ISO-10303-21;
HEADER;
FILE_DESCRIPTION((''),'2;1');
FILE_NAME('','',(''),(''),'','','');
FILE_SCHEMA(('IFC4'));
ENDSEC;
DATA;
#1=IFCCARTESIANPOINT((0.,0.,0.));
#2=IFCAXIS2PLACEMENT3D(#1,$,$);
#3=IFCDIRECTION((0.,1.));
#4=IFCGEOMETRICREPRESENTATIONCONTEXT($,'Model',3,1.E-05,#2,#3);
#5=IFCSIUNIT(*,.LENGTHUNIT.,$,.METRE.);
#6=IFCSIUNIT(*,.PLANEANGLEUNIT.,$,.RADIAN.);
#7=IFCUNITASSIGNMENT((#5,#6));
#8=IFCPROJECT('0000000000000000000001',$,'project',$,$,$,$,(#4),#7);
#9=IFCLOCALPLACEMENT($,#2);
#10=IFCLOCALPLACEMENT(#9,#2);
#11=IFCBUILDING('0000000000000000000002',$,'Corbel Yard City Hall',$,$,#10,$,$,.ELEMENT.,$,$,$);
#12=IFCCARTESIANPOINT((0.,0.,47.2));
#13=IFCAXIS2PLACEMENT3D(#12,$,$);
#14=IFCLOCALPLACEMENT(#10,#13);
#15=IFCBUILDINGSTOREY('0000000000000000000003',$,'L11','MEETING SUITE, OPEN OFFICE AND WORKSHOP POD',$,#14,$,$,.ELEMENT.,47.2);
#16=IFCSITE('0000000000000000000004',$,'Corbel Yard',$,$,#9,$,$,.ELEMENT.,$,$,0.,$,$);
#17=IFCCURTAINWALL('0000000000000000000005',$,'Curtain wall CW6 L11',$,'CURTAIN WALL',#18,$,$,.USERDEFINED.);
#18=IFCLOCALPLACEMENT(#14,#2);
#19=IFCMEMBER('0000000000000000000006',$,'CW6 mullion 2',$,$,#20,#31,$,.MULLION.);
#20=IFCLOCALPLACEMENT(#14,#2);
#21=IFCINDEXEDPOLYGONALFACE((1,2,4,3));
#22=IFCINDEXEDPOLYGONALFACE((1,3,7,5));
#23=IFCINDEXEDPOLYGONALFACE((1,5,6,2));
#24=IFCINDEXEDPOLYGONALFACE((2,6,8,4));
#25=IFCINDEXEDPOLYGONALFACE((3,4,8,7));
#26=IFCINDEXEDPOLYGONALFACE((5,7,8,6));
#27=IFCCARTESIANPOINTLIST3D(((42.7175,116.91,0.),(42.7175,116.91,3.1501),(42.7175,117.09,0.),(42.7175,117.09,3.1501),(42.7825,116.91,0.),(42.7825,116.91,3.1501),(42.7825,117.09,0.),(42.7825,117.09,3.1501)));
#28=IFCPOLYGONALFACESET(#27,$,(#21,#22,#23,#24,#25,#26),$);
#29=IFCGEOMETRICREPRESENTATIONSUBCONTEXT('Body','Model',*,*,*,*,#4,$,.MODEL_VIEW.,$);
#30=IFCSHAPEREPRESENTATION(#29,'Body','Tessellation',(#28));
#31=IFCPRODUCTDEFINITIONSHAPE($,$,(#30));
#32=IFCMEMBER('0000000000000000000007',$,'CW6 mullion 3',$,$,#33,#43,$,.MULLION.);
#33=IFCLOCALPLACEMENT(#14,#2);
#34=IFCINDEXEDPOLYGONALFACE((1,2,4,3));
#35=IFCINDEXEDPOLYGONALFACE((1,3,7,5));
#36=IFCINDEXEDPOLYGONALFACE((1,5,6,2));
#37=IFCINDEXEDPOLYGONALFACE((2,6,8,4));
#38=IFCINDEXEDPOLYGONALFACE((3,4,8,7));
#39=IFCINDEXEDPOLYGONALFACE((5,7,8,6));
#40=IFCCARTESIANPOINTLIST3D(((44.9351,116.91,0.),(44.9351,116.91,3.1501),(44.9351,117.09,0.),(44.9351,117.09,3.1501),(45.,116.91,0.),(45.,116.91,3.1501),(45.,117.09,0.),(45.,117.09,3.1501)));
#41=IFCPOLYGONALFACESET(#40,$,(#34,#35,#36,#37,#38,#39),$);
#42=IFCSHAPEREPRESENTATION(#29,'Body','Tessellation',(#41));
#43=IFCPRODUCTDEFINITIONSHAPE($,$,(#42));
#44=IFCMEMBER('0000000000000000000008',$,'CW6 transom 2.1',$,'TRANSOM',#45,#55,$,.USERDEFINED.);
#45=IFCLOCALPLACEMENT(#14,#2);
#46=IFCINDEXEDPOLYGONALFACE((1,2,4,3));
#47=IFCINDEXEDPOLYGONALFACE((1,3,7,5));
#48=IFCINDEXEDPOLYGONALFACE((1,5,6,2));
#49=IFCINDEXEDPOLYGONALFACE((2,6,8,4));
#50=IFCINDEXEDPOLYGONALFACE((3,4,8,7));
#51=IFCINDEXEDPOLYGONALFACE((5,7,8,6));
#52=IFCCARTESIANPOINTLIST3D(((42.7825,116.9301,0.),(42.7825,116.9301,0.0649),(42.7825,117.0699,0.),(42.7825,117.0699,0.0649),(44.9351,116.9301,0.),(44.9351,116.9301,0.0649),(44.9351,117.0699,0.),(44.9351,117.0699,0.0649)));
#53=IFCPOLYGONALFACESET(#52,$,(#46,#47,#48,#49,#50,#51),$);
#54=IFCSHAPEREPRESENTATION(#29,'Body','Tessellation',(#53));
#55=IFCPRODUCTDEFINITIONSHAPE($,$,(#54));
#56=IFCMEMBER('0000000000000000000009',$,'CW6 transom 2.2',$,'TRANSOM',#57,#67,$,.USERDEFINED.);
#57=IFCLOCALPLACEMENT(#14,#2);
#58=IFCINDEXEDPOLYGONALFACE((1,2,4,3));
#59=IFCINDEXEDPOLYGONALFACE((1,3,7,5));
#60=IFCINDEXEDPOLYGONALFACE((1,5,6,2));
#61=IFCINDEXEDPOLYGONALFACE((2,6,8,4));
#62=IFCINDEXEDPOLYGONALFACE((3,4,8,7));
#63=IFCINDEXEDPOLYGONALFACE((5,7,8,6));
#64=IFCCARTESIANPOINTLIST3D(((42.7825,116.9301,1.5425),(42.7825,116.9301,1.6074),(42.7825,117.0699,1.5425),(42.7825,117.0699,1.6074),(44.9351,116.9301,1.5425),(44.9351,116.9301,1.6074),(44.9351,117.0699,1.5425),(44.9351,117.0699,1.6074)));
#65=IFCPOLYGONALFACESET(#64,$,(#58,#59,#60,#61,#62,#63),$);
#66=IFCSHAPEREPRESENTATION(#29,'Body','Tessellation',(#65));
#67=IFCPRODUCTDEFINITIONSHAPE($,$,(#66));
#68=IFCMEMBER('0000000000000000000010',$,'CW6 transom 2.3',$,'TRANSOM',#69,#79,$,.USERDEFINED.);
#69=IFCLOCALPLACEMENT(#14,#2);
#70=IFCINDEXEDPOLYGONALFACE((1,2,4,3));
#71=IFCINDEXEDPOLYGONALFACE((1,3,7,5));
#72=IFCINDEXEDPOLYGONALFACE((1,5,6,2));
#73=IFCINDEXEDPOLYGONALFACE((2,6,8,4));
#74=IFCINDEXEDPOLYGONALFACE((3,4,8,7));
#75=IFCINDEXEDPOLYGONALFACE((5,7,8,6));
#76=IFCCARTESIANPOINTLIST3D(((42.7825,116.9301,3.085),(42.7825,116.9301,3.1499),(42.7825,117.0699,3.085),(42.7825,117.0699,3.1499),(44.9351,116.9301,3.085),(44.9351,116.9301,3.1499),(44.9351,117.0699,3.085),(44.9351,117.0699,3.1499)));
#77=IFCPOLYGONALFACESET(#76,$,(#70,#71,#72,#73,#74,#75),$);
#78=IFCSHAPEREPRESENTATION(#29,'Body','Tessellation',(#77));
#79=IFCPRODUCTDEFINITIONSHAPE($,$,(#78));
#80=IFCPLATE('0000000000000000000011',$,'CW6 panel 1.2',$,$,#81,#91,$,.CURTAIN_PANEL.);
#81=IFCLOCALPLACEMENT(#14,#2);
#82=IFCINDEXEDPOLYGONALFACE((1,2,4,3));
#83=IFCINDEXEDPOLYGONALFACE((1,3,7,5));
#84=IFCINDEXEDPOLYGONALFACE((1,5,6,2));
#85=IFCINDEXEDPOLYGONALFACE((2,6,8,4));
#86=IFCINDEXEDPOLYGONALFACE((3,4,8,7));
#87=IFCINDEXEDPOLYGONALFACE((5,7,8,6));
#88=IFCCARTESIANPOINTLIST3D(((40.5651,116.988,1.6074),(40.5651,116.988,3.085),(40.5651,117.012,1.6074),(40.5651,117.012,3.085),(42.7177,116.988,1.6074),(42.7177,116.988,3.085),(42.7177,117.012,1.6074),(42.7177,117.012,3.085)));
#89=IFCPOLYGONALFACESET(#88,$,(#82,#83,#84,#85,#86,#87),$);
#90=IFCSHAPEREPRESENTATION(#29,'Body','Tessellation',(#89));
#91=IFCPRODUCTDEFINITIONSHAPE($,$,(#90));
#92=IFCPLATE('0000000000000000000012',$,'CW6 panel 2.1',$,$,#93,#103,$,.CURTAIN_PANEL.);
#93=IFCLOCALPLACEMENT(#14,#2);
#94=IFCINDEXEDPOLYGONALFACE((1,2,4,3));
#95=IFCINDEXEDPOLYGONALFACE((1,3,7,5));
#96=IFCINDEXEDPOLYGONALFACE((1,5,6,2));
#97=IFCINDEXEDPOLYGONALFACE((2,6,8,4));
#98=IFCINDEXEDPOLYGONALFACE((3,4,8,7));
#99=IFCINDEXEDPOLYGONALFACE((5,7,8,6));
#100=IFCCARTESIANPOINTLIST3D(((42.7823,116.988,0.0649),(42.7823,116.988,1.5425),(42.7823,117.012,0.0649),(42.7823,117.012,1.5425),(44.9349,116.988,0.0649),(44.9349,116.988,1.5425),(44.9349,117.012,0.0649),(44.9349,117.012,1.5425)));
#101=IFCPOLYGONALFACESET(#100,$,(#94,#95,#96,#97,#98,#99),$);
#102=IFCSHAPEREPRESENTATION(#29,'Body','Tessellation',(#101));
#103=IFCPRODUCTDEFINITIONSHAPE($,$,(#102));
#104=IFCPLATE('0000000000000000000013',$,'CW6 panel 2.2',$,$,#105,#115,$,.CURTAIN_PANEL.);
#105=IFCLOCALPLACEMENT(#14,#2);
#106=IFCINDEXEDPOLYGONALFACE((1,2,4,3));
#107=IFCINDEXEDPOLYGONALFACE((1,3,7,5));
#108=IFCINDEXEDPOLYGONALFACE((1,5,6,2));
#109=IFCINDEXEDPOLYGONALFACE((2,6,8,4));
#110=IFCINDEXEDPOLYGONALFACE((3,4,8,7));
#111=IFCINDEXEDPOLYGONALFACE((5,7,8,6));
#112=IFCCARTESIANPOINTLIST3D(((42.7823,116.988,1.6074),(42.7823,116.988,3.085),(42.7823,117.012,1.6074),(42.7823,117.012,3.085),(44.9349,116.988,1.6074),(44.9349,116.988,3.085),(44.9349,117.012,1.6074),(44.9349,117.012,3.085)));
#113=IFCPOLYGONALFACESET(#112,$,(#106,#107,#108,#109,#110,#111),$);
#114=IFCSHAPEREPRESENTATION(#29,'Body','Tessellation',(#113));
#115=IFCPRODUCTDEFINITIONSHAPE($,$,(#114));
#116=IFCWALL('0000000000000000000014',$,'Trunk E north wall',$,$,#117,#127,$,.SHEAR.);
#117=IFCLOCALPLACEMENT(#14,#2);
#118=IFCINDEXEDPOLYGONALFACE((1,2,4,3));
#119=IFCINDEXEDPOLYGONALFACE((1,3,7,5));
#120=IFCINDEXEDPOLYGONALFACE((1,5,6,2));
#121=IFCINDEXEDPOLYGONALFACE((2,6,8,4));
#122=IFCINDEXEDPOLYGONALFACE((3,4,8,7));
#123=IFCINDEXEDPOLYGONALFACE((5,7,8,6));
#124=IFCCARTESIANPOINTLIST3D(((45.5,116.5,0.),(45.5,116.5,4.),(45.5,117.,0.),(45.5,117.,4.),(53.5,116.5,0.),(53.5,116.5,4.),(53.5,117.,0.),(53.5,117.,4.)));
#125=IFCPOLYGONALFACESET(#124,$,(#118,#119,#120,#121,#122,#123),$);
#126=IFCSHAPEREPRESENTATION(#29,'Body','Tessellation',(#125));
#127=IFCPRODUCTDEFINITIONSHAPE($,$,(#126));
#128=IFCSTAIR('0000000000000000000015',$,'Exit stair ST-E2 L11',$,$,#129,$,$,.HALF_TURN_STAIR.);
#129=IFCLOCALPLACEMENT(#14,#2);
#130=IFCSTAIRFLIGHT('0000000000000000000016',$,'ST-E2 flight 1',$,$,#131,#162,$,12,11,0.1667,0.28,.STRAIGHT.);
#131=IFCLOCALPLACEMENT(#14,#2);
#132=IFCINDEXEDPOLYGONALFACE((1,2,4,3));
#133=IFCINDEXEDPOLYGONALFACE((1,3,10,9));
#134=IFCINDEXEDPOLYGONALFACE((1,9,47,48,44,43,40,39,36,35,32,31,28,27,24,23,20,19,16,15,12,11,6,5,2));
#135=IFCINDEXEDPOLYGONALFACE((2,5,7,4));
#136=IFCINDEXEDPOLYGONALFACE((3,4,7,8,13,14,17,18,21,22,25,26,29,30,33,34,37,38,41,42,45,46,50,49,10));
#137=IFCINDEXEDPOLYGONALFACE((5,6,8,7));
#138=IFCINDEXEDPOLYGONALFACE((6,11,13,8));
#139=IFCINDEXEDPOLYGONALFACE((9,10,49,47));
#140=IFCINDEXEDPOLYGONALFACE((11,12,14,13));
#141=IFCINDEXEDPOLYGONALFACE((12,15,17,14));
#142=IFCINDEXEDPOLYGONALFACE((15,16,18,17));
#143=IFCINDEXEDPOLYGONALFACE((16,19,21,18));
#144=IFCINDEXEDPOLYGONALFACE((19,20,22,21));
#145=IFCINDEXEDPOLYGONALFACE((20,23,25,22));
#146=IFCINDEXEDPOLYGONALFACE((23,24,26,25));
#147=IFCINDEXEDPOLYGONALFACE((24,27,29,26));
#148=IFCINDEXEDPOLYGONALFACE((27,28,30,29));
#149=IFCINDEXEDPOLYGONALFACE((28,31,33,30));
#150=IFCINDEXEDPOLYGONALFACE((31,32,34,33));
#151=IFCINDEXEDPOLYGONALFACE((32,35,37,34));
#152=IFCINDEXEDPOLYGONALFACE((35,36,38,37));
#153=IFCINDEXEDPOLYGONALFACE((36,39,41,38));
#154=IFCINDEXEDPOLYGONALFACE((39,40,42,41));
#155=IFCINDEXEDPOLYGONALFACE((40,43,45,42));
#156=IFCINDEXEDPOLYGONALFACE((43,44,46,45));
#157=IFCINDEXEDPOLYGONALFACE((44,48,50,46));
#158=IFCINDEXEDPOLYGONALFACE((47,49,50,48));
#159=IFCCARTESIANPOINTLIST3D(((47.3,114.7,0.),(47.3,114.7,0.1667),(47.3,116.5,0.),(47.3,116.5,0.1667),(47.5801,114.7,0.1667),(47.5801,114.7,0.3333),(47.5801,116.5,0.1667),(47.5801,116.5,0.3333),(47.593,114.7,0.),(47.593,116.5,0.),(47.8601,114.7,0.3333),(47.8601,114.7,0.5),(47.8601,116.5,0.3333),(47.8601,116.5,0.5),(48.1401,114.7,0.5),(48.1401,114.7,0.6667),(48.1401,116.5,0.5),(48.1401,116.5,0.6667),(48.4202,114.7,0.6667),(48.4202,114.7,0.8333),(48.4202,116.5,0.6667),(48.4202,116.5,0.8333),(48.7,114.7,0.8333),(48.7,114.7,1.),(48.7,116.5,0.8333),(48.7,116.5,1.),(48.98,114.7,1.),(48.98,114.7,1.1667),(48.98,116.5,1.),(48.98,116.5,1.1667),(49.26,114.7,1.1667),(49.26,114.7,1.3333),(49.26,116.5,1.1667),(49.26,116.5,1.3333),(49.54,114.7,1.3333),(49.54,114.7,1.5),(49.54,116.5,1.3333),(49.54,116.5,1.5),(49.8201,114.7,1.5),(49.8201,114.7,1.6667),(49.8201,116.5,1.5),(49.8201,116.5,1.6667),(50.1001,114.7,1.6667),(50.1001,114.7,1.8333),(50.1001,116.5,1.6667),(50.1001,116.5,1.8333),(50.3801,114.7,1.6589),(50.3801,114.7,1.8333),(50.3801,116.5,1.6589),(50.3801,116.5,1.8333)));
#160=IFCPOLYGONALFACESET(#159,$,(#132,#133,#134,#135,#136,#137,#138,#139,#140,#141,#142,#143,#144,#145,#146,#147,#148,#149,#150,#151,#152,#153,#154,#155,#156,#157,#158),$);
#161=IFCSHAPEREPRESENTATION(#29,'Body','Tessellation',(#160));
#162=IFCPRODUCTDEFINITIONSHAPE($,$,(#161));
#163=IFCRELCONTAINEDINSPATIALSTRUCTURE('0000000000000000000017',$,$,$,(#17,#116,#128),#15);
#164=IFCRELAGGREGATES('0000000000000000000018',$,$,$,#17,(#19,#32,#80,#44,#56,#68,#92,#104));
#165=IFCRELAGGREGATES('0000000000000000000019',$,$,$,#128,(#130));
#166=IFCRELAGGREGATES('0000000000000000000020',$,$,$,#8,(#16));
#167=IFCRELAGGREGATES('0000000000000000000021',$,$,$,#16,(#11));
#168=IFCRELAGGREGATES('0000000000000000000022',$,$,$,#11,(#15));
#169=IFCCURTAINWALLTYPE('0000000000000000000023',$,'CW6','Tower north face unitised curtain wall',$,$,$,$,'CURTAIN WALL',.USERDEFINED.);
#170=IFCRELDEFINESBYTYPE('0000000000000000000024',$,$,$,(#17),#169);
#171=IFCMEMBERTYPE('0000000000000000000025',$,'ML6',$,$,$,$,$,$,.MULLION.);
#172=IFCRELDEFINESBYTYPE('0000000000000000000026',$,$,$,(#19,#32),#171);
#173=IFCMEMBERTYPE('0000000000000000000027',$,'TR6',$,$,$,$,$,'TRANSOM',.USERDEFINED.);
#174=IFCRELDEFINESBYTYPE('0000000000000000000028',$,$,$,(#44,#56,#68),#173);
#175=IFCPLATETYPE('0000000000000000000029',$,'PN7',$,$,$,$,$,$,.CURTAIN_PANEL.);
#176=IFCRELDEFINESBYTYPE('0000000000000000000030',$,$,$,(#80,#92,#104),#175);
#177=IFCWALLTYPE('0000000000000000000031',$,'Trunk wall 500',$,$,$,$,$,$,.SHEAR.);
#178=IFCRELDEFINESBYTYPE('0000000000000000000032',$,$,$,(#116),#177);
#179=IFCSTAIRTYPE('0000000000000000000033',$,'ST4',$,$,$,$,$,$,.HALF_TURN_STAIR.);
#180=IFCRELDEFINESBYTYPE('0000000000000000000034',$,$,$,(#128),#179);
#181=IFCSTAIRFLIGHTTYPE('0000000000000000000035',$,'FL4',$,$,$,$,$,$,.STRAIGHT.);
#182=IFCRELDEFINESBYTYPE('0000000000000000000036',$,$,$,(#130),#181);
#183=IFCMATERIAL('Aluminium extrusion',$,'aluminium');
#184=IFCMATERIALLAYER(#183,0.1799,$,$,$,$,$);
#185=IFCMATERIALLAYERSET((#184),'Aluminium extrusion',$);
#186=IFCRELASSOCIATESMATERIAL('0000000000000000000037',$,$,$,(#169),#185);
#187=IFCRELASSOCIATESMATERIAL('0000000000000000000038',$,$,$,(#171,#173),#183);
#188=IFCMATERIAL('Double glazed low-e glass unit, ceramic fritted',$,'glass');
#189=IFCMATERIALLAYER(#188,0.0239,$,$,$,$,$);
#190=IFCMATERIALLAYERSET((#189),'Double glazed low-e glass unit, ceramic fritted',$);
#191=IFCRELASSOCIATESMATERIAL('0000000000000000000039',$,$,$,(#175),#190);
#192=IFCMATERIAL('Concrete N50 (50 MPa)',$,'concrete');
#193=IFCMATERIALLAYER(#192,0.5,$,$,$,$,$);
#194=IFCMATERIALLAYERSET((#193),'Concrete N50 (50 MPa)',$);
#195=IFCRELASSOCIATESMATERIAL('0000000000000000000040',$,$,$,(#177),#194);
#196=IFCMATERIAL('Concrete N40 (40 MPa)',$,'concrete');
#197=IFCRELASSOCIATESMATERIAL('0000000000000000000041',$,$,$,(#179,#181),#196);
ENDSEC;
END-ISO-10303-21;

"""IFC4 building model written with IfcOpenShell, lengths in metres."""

from ifc_helpers import new_model, si_unit, direction, frame, frame_2d, origin, origin_2d, place, context, subcontext, project, spatial, polyline, rectangle, outline, extrude, material, layer, layer_set, material_profile, profile_set, type_object, element, aggregate, save


model = new_model("IFC4")

# Units and contexts
model_context = context("Model", 3, precision=1e-05, world=origin(), true_north=direction((0.0, 1.0)))
body_context = subcontext(model_context, "Body", "Model", "MODEL_VIEW")
ifc_project = project(units=[si_unit("LENGTHUNIT", "METRE"), si_unit("PLANEANGLEUNIT", "RADIAN")], contexts=[model_context])

# Site, building, storey
site_placement = place(None, origin())
site = spatial("IfcSite", under=ifc_project, at=site_placement, Name="Corbel Yard", CompositionType="ELEMENT", RefElevation=0.0)
building_placement = place(site_placement, origin())
building = spatial("IfcBuilding", under=site, at=building_placement, Name="Corbel Yard City Hall", CompositionType="ELEMENT")
storey_placement = place(building_placement, frame((0.0, 0.0, 47.2)))
storey = spatial("IfcBuildingStorey", under=building, at=storey_placement, Name="L11", Description="MEETING SUITE, OPEN OFFICE AND WORKSHOP POD", CompositionType="ELEMENT", Elevation=47.2)

# Curtain wall, members, plates
ifc_material_1 = material(Name="Aluminium extrusion", Category="aluminium")
ifc_layer_1 = layer(ifc_material_1, 0.1799)
ifc_layer_set_1 = layer_set([ifc_layer_1], Name="Aluminium extrusion")
curtain_wall_type = type_object("IfcCurtainWallType", Name="CW6", Description="Tower north face unitised curtain wall", ElementType="CURTAIN WALL", PredefinedType="USERDEFINED", material=ifc_layer_set_1)
curtain_wall_placement = place(storey_placement, origin())
curtain_wall = element("IfcCurtainWall", 1, at=curtain_wall_placement, inside=storey, type_object=curtain_wall_type, Name="Curtain wall CW6 L11", ObjectType="CURTAIN WALL", PredefinedType="USERDEFINED")
ifc_material_profile_1 = material_profile(ifc_material_1, rectangle(XDim=0.1799, YDim=0.0649, at=origin_2d()), Name="180x65")
ifc_profile_set_1 = profile_set([ifc_material_profile_1], Name="Aluminium extrusion")
member_type_1 = type_object("IfcMemberType", Name="ML6", PredefinedType="MULLION", material=ifc_profile_set_1)
member_1_placement = place(storey_placement, frame((42.75, 117.0, 0.0), z_axis=(0.0, 0.0, 1.0), x_axis=(0.0, 1.0, 0.0)))
member_1 = element("IfcMember", 2, at=member_1_placement, type_object=member_type_1, Name="CW6 mullion 2", PredefinedType="MULLION", context=body_context, shape_type="SweptSolid", body=[
    extrude(rectangle(XDim=0.1799, YDim=0.0649, at=origin_2d()), origin(), (0.0, 0.0, 1.0), 3.1501),
])
member_2_placement = place(storey_placement, frame((44.9675, 117.0, 0.0), z_axis=(0.0, 0.0, 1.0), x_axis=(0.0, 1.0, 0.0)))
member_2 = element("IfcMember", 3, at=member_2_placement, type_object=member_type_1, Name="CW6 mullion 3", PredefinedType="MULLION", context=body_context, shape_type="SweptSolid", body=[
    extrude(rectangle(XDim=0.1799, YDim=0.0649, at=origin_2d()), origin(), (0.0, 0.0, 1.0), 3.1501),
])
ifc_material_profile_2 = material_profile(ifc_material_1, rectangle(XDim=0.1399, YDim=0.0649, at=origin_2d()), Name="140x65")
ifc_profile_set_2 = profile_set([ifc_material_profile_2], Name="Aluminium extrusion")
member_type_2 = type_object("IfcMemberType", Name="TR6", ElementType="TRANSOM", PredefinedType="USERDEFINED", material=ifc_profile_set_2)
member_3_placement = place(storey_placement, frame((42.7825, 117.0, 0.0325), z_axis=(1.0, 0.0, 0.0), x_axis=(0.0, 1.0, 0.0)))
member_3 = element("IfcMember", 4, at=member_3_placement, type_object=member_type_2, Name="CW6 transom 2.1", ObjectType="TRANSOM", PredefinedType="USERDEFINED", context=body_context, shape_type="SweptSolid", body=[
    extrude(rectangle(XDim=0.1399, YDim=0.0649, at=origin_2d()), origin(), (0.0, 0.0, 1.0), 2.1526),
])
member_4_placement = place(storey_placement, frame((42.7825, 117.0, 1.575), z_axis=(1.0, 0.0, 0.0), x_axis=(0.0, 1.0, 0.0)))
member_4 = element("IfcMember", 5, at=member_4_placement, type_object=member_type_2, Name="CW6 transom 2.2", ObjectType="TRANSOM", PredefinedType="USERDEFINED", context=body_context, shape_type="SweptSolid", body=[
    extrude(rectangle(XDim=0.1399, YDim=0.0649, at=origin_2d()), origin(), (0.0, 0.0, 1.0), 2.1526),
])
member_5_placement = place(storey_placement, frame((42.7825, 117.0, 3.1174), z_axis=(1.0, 0.0, 0.0), x_axis=(0.0, 1.0, 0.0)))
member_5 = element("IfcMember", 6, at=member_5_placement, type_object=member_type_2, Name="CW6 transom 2.3", ObjectType="TRANSOM", PredefinedType="USERDEFINED", context=body_context, shape_type="SweptSolid", body=[
    extrude(rectangle(XDim=0.1399, YDim=0.0649, at=origin_2d()), origin(), (0.0, 0.0, 1.0), 2.1526),
])
ifc_material_2 = material(Name="Double glazed low-e glass unit, ceramic fritted", Category="glass")
ifc_layer_2 = layer(ifc_material_2, 0.0239)
ifc_layer_set_2 = layer_set([ifc_layer_2], Name="Double glazed low-e glass unit, ceramic fritted")
plate_type = type_object("IfcPlateType", Name="PN7", PredefinedType="CURTAIN_PANEL", material=ifc_layer_set_2)
plate_1_placement = place(storey_placement, frame((41.6414, 117.0, 1.6074), z_axis=(0.0, 0.0, 1.0), x_axis=(1.0, 0.0, 0.0)))
plate_1 = element("IfcPlate", 7, at=plate_1_placement, type_object=plate_type, Name="CW6 panel 1.2", PredefinedType="CURTAIN_PANEL", context=body_context, shape_type="SweptSolid", body=[
    extrude(rectangle(XDim=2.1526, YDim=0.0239, at=origin_2d()), origin(), (0.0, 0.0, 1.0), 1.4775),
])
plate_2_placement = place(storey_placement, frame((43.8586, 117.0, 0.0649), z_axis=(0.0, 0.0, 1.0), x_axis=(1.0, 0.0, 0.0)))
plate_2 = element("IfcPlate", 8, at=plate_2_placement, type_object=plate_type, Name="CW6 panel 2.1", PredefinedType="CURTAIN_PANEL", context=body_context, shape_type="SweptSolid", body=[
    extrude(rectangle(XDim=2.1526, YDim=0.0239, at=origin_2d()), origin(), (0.0, 0.0, 1.0), 1.4775),
])
plate_3_placement = place(storey_placement, frame((43.8586, 117.0, 1.6074), z_axis=(0.0, 0.0, 1.0), x_axis=(1.0, 0.0, 0.0)))
plate_3 = element("IfcPlate", 9, at=plate_3_placement, type_object=plate_type, Name="CW6 panel 2.2", PredefinedType="CURTAIN_PANEL", context=body_context, shape_type="SweptSolid", body=[
    extrude(rectangle(XDim=2.1526, YDim=0.0239, at=origin_2d()), origin(), (0.0, 0.0, 1.0), 1.4775),
])
aggregate(curtain_wall, [member_1, member_2, plate_1, member_3, member_4, member_5, plate_2, plate_3])

# Wall
ifc_material_3 = material(Name="Concrete N50 (50 MPa)", Category="concrete")
ifc_layer_3 = layer(ifc_material_3, 0.5)
ifc_layer_set_3 = layer_set([ifc_layer_3], Name="Concrete N50 (50 MPa)")
wall_type = type_object("IfcWallType", Name="Trunk wall 500", PredefinedType="SHEAR", material=ifc_layer_set_3)
wall_placement = place(storey_placement, frame((45.5, 116.75, 0.0), z_axis=(0.0, 0.0, 1.0), x_axis=(1.0, 0.0, 0.0)))
element("IfcWall", 10, at=wall_placement, inside=storey, type_object=wall_type, Name="Trunk E north wall", PredefinedType="SHEAR", context=body_context, shape_type="SweptSolid", body=[
    extrude(rectangle(XDim=8.0, YDim=0.5, at=frame_2d((4.0, 0.0))), origin(), (0.0, 0.0, 1.0), 4.0),
])

# Stair, stair flight
ifc_material_4 = material(Name="Concrete N40 (40 MPa)", Category="concrete")
stair_type = type_object("IfcStairType", Name="ST4", PredefinedType="HALF_TURN_STAIR", material=ifc_material_4)
stair_placement = place(storey_placement, origin())
stair = element("IfcStair", 11, at=stair_placement, inside=storey, type_object=stair_type, Name="Exit stair ST-E2 L11", PredefinedType="HALF_TURN_STAIR")
stair_flight_type = type_object("IfcStairFlightType", Name="FL4", PredefinedType="STRAIGHT", material=ifc_material_4)
stair_flight_1_placement = place(storey_placement, frame((47.3, 115.6001, 0.0), z_axis=(0.0, 0.0, 1.0), x_axis=(1.0, 0.0, 0.0)))
stair_flight_1 = element("IfcStairFlight", 12, at=stair_flight_1_placement, type_object=stair_flight_type, Name="ST-E2 flight 1", NumberOfRisers=12, NumberOfTreads=11, PredefinedType="STRAIGHT", RiserHeight=0.1667, TreadLength=0.28, context=body_context, shape_type="SweptSolid", body=[
    extrude(outline(polyline([(0.0, 0.0), (0.0, 0.1667), (0.28, 0.1667), (0.28, 0.3333), (0.5601, 0.3333), (0.5601, 0.5), (0.8401, 0.5), (0.8401, 0.6667), (1.1201, 0.6667), (1.1201, 0.8333), (1.3999, 0.8333), (1.3999, 1.0), (1.6799, 1.0), (1.6799, 1.1667), (1.96, 1.1667), (1.96, 1.3333), (2.24, 1.3333), (2.24, 1.5), (2.52, 1.5), (2.52, 1.6667), (2.8, 1.6667), (2.8, 1.8333), (3.0801, 1.8333), (3.0801, 2.0), (3.0801, 1.6589), (0.293, 0.0), (0.0, 0.0)])), frame((0.0, 0.8999, 0.0), z_axis=(0.0, -1.0, 0.0), x_axis=(1.0, 0.0, 0.0)), (0.0, 0.0, 1.0), 1.8),
])
aggregate(stair, [stair_flight_1])

save(model, "model.ifc")
